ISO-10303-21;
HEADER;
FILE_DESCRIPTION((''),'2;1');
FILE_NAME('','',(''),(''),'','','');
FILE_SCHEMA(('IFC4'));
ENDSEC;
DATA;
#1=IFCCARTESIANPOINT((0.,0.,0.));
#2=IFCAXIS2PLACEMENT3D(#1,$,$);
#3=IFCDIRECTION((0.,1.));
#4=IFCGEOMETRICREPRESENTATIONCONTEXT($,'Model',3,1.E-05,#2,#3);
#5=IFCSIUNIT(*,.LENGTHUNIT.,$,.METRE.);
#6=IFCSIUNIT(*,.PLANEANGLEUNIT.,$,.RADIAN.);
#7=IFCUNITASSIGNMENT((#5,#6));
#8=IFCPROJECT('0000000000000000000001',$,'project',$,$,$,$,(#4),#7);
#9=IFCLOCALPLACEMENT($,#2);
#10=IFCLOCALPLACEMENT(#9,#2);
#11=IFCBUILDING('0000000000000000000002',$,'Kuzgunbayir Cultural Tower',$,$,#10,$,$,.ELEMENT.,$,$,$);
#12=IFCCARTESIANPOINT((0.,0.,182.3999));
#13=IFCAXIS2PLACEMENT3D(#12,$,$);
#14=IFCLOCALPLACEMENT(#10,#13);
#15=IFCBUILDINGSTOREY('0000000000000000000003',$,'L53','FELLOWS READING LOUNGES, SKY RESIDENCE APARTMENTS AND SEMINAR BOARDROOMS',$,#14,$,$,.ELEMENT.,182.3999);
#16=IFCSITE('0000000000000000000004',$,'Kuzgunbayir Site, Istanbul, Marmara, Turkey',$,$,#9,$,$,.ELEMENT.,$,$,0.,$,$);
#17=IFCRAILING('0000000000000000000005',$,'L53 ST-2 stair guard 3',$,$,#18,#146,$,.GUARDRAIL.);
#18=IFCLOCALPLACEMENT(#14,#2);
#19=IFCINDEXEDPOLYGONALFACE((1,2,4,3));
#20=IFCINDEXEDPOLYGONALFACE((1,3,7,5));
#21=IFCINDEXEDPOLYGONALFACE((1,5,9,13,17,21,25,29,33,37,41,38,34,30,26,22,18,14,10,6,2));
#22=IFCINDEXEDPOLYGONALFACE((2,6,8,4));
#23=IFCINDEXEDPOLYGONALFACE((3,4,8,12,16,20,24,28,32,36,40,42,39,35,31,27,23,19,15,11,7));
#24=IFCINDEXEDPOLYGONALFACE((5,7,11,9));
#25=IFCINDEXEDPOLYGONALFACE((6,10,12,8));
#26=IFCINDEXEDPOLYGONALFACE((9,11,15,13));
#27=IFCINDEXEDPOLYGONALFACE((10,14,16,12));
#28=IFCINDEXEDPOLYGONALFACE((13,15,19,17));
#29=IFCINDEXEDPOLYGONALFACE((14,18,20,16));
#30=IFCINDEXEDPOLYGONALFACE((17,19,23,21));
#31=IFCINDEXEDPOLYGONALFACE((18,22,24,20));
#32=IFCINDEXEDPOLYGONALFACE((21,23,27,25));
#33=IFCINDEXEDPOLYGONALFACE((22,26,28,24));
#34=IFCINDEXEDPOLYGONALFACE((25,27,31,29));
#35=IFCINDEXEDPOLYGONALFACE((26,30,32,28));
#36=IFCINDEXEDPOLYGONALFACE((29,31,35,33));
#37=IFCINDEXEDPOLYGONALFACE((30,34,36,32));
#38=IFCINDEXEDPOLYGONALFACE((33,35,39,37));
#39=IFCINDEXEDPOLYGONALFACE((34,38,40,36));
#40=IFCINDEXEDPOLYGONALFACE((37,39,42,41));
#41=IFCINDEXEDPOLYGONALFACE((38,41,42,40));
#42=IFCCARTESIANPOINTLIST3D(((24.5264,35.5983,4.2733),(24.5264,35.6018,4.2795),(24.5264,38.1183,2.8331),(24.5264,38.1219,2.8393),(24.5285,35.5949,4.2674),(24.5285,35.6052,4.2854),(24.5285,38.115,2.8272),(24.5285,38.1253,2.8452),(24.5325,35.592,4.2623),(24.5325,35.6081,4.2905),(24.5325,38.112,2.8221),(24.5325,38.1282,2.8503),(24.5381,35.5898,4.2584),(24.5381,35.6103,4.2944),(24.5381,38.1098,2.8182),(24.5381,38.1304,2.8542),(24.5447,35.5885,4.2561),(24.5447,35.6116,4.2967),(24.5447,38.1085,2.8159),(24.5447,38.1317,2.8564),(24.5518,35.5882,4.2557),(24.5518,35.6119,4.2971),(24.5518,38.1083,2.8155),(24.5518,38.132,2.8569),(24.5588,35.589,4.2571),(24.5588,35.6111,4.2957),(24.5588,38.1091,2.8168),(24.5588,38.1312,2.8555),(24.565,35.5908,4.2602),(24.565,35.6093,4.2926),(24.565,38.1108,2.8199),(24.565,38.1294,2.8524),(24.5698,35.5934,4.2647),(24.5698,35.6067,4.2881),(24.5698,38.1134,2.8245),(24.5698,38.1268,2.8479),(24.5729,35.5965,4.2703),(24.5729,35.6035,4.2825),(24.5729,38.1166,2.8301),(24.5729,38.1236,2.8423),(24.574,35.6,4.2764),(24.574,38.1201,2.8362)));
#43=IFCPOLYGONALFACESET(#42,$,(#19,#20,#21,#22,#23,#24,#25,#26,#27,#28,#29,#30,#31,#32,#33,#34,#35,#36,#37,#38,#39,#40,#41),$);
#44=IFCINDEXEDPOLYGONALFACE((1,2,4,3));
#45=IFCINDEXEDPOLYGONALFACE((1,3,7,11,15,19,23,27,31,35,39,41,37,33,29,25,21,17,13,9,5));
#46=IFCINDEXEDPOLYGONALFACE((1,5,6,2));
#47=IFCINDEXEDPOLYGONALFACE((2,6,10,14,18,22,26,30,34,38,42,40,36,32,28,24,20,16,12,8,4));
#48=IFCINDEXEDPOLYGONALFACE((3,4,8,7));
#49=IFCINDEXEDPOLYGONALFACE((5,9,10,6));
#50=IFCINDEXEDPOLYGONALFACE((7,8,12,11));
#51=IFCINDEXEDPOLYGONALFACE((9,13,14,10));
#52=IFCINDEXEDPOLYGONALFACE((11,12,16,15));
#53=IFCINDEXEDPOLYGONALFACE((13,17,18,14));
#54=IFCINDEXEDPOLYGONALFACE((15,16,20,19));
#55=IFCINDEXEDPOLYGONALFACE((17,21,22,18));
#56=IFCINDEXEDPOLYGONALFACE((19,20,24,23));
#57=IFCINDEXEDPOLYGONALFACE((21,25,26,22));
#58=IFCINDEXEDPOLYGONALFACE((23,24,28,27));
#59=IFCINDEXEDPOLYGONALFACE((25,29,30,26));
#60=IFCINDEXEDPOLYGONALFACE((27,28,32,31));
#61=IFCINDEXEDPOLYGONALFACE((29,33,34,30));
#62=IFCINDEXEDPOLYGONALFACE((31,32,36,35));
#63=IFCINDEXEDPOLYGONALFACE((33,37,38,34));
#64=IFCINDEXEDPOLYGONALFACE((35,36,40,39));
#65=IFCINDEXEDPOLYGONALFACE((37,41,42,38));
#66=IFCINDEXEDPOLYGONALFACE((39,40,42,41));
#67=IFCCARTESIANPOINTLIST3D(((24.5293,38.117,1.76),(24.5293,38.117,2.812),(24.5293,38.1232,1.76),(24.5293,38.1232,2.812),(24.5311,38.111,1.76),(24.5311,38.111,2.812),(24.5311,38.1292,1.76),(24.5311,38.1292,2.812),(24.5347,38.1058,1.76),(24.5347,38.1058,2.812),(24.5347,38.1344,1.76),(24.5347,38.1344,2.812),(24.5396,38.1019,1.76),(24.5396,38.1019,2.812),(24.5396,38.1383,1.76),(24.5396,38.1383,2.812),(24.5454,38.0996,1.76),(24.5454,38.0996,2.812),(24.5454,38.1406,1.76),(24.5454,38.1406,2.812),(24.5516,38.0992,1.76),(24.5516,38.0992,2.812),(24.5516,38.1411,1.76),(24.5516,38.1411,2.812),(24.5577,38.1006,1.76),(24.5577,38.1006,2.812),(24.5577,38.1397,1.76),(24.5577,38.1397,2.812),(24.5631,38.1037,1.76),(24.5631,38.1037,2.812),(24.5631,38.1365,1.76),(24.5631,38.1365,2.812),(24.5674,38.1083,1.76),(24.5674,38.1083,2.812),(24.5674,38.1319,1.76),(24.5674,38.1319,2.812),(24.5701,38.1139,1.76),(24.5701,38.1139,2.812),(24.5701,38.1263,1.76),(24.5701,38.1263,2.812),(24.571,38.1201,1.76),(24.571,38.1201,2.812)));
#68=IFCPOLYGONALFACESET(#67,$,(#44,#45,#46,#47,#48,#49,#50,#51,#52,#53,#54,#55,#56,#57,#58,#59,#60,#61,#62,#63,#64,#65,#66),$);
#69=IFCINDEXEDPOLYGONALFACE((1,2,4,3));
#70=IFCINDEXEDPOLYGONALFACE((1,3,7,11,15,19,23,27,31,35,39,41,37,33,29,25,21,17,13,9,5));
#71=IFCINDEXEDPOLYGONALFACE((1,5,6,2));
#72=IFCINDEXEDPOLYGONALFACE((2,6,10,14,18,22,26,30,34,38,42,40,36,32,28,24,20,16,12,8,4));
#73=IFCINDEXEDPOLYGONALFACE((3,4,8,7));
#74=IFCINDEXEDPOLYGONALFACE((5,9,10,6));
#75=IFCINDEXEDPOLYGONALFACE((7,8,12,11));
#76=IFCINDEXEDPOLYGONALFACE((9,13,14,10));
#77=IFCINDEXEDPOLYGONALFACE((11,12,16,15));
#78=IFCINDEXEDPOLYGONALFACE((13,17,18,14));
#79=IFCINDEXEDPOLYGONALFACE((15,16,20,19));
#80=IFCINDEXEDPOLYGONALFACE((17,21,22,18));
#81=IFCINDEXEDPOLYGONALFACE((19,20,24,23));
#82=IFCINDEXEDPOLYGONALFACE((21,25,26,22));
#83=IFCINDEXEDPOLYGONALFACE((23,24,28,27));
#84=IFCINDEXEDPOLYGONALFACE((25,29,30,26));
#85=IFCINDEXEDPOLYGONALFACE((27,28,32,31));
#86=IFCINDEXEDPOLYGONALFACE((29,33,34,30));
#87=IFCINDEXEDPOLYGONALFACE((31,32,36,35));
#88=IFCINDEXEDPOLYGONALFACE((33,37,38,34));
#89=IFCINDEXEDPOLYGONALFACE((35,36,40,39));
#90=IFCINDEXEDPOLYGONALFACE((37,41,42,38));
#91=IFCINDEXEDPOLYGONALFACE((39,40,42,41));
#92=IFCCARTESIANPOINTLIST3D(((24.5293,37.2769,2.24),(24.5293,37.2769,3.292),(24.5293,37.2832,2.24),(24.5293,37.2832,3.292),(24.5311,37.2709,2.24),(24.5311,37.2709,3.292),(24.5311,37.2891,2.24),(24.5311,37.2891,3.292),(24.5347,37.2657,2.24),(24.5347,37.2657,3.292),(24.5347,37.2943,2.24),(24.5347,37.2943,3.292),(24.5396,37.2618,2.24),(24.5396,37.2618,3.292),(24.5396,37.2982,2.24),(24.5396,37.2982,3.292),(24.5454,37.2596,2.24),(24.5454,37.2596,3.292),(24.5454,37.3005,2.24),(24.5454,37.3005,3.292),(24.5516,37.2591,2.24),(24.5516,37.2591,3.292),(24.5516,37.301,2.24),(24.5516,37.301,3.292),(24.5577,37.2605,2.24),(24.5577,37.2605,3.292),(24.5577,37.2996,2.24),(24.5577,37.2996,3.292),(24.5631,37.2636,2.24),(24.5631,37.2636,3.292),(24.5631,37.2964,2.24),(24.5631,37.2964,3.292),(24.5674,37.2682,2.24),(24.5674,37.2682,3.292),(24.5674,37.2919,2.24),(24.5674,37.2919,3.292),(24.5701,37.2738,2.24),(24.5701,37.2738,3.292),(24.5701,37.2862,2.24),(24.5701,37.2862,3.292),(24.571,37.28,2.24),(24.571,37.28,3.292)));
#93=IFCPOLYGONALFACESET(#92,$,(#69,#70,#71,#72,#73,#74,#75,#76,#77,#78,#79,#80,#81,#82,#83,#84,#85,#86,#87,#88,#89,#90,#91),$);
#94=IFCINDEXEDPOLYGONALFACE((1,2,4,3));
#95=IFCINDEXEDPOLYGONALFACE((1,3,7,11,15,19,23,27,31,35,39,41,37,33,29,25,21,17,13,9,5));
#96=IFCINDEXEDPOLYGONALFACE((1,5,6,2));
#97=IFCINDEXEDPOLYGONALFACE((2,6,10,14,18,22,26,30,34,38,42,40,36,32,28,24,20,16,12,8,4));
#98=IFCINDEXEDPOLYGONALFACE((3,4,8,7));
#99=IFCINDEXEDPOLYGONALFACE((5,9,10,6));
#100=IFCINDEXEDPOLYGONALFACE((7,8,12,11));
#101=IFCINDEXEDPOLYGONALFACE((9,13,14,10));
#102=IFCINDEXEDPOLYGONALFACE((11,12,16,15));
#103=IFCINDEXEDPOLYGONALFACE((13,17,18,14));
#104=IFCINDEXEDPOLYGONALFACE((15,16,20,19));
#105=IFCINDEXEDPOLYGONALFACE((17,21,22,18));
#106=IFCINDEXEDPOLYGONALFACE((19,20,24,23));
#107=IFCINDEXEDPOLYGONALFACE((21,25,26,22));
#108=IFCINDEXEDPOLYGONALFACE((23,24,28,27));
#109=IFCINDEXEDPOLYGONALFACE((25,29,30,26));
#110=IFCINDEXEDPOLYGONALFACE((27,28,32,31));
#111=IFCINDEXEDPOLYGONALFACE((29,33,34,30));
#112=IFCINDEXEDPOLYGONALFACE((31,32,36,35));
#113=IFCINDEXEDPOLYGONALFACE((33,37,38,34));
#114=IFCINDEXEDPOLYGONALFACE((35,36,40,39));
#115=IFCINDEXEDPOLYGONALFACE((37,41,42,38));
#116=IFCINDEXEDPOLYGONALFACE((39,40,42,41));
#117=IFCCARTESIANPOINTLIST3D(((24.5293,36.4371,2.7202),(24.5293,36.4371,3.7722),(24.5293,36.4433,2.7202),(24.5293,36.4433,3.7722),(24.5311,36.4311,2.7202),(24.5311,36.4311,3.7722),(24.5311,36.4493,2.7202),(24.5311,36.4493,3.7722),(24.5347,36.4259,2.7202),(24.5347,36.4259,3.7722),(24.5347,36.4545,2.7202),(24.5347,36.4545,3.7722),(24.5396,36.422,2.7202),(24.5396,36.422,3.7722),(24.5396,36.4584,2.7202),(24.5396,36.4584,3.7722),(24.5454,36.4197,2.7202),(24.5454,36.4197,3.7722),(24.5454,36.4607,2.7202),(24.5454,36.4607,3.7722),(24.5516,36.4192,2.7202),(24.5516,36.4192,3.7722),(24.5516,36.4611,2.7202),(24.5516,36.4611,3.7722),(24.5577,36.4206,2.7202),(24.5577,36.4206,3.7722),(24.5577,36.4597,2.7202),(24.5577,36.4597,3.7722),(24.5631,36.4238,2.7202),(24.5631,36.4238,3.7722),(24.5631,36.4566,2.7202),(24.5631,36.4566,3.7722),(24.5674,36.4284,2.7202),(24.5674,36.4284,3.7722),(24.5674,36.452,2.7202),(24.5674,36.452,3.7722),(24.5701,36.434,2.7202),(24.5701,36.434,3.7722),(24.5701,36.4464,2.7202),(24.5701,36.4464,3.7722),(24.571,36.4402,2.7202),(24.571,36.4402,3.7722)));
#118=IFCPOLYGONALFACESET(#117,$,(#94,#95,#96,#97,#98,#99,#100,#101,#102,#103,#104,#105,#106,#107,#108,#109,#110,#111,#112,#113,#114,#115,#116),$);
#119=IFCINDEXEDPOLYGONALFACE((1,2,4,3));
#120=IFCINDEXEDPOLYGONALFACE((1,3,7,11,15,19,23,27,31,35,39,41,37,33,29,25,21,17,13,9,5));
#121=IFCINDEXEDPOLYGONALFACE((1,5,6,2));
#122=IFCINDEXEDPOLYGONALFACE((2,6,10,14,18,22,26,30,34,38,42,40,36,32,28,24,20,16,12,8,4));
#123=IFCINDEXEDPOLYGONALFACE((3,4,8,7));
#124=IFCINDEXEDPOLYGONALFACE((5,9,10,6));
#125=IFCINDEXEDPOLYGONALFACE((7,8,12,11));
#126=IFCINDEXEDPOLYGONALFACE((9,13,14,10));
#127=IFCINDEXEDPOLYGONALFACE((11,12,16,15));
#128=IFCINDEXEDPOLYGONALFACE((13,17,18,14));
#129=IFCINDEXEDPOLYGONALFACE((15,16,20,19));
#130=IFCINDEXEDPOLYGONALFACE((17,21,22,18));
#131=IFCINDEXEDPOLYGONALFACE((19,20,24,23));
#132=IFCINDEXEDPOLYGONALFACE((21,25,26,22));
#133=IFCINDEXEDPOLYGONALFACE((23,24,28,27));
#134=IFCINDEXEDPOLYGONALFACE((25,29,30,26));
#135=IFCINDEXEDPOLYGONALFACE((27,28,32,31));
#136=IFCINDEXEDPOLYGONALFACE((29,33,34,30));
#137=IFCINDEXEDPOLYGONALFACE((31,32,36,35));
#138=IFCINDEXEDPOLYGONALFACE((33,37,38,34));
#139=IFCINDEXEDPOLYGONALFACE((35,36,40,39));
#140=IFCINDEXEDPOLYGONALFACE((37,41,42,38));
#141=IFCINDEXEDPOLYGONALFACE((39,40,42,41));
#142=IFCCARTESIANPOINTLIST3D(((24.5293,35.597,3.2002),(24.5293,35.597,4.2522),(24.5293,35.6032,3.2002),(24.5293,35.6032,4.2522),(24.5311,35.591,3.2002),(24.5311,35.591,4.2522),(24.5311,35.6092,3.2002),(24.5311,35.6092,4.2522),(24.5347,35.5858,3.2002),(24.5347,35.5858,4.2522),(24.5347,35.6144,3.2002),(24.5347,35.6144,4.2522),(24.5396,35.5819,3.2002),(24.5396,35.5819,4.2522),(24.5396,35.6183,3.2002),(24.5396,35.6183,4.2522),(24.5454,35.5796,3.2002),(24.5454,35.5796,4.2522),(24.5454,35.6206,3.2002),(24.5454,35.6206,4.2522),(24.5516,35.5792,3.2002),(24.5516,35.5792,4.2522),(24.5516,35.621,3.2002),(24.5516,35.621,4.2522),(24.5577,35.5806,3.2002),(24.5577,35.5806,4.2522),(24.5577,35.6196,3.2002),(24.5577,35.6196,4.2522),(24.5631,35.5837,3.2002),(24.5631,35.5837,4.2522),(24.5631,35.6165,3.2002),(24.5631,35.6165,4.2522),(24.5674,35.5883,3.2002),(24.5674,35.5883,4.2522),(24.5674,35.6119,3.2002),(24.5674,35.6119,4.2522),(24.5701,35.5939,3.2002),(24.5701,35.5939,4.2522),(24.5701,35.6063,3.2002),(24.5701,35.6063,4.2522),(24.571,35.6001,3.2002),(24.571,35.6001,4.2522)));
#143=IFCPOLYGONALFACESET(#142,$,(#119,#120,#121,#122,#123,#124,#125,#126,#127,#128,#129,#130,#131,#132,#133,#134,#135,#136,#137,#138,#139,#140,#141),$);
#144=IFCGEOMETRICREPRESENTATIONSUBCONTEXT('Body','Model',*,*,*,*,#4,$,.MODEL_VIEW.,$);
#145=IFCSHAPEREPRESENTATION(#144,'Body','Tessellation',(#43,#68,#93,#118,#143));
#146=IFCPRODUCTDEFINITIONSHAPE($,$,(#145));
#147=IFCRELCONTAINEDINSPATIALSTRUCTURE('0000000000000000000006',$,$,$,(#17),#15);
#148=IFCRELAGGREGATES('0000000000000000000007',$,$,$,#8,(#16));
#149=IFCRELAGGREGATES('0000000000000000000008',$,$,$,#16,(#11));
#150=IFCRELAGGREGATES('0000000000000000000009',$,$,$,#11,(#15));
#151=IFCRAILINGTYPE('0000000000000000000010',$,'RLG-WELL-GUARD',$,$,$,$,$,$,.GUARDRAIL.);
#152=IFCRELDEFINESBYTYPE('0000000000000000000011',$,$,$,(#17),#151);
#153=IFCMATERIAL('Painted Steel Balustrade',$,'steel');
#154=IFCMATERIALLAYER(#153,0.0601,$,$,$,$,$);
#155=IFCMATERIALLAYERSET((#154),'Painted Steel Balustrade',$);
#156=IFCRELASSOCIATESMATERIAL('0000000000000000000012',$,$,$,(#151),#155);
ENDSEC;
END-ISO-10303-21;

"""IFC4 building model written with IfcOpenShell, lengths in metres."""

from ifc_helpers import new_model, si_unit, direction, frame, origin, origin_2d, place, context, subcontext, project, spatial, circle, extrude, material, layer, layer_set, type_object, element, save


model = new_model("IFC4")

# Units and contexts
model_context = context("Model", 3, precision=1e-05, world=origin(), true_north=direction((0.0, 1.0)))
body_context = subcontext(model_context, "Body", "Model", "MODEL_VIEW")
ifc_project = project(units=[si_unit("LENGTHUNIT", "METRE"), si_unit("PLANEANGLEUNIT", "RADIAN")], contexts=[model_context])

# Site, building, storey
site_placement = place(None, origin())
site = spatial("IfcSite", under=ifc_project, at=site_placement, Name="Kuzgunbayir Site, Istanbul, Marmara, Turkey", CompositionType="ELEMENT", RefElevation=0.0)
building_placement = place(site_placement, origin())
building = spatial("IfcBuilding", under=site, at=building_placement, Name="Kuzgunbayir Cultural Tower", CompositionType="ELEMENT")
storey_placement = place(building_placement, frame((0.0, 0.0, 182.3999)))
storey = spatial("IfcBuildingStorey", under=building, at=storey_placement, Name="L53", Description="FELLOWS READING LOUNGES, SKY RESIDENCE APARTMENTS AND SEMINAR BOARDROOMS", CompositionType="ELEMENT", Elevation=182.3999)

# Railing
ifc_material_1 = material(Name="Painted Steel Balustrade", Category="steel")
ifc_layer_1 = layer(ifc_material_1, 0.0601)
ifc_layer_set_1 = layer_set([ifc_layer_1], Name="Painted Steel Balustrade")
railing_type_1 = type_object("IfcRailingType", Name="RLG-WELL-GUARD", PredefinedType="GUARDRAIL", material=ifc_layer_set_1)
railing_1_placement = place(storey_placement, frame((24.55, 38.1201, 1.76)))
element("IfcRailing", 1, at=railing_1_placement, inside=storey, type_object=railing_type_1, Name="L53 ST-2 stair guard 3", PredefinedType="GUARDRAIL", context=body_context, shape_type="SweptSolid", body=[
    extrude(circle(Radius=0.0239, at=origin_2d()), frame((0.0, 0.0, 1.0762), z_axis=(0.0, -0.868217, 0.496184), x_axis=(1.0, 0.0, 0.0)), (0.0, 0.0, 1.0), 2.9026),
    extrude(circle(Radius=0.021, at=origin_2d()), origin(), (0.0, 0.0, 1.0), 1.052),
    extrude(circle(Radius=0.021, at=origin_2d()), frame((0.0, -0.8401, 0.48)), (0.0, 0.0, 1.0), 1.052),
    extrude(circle(Radius=0.021, at=origin_2d()), frame((0.0, -1.6799, 0.9602)), (0.0, 0.0, 1.0), 1.052),
    extrude(circle(Radius=0.021, at=origin_2d()), frame((0.0, -2.52, 1.4402)), (0.0, 0.0, 1.0), 1.052),
])

save(model, "model.ifc")
